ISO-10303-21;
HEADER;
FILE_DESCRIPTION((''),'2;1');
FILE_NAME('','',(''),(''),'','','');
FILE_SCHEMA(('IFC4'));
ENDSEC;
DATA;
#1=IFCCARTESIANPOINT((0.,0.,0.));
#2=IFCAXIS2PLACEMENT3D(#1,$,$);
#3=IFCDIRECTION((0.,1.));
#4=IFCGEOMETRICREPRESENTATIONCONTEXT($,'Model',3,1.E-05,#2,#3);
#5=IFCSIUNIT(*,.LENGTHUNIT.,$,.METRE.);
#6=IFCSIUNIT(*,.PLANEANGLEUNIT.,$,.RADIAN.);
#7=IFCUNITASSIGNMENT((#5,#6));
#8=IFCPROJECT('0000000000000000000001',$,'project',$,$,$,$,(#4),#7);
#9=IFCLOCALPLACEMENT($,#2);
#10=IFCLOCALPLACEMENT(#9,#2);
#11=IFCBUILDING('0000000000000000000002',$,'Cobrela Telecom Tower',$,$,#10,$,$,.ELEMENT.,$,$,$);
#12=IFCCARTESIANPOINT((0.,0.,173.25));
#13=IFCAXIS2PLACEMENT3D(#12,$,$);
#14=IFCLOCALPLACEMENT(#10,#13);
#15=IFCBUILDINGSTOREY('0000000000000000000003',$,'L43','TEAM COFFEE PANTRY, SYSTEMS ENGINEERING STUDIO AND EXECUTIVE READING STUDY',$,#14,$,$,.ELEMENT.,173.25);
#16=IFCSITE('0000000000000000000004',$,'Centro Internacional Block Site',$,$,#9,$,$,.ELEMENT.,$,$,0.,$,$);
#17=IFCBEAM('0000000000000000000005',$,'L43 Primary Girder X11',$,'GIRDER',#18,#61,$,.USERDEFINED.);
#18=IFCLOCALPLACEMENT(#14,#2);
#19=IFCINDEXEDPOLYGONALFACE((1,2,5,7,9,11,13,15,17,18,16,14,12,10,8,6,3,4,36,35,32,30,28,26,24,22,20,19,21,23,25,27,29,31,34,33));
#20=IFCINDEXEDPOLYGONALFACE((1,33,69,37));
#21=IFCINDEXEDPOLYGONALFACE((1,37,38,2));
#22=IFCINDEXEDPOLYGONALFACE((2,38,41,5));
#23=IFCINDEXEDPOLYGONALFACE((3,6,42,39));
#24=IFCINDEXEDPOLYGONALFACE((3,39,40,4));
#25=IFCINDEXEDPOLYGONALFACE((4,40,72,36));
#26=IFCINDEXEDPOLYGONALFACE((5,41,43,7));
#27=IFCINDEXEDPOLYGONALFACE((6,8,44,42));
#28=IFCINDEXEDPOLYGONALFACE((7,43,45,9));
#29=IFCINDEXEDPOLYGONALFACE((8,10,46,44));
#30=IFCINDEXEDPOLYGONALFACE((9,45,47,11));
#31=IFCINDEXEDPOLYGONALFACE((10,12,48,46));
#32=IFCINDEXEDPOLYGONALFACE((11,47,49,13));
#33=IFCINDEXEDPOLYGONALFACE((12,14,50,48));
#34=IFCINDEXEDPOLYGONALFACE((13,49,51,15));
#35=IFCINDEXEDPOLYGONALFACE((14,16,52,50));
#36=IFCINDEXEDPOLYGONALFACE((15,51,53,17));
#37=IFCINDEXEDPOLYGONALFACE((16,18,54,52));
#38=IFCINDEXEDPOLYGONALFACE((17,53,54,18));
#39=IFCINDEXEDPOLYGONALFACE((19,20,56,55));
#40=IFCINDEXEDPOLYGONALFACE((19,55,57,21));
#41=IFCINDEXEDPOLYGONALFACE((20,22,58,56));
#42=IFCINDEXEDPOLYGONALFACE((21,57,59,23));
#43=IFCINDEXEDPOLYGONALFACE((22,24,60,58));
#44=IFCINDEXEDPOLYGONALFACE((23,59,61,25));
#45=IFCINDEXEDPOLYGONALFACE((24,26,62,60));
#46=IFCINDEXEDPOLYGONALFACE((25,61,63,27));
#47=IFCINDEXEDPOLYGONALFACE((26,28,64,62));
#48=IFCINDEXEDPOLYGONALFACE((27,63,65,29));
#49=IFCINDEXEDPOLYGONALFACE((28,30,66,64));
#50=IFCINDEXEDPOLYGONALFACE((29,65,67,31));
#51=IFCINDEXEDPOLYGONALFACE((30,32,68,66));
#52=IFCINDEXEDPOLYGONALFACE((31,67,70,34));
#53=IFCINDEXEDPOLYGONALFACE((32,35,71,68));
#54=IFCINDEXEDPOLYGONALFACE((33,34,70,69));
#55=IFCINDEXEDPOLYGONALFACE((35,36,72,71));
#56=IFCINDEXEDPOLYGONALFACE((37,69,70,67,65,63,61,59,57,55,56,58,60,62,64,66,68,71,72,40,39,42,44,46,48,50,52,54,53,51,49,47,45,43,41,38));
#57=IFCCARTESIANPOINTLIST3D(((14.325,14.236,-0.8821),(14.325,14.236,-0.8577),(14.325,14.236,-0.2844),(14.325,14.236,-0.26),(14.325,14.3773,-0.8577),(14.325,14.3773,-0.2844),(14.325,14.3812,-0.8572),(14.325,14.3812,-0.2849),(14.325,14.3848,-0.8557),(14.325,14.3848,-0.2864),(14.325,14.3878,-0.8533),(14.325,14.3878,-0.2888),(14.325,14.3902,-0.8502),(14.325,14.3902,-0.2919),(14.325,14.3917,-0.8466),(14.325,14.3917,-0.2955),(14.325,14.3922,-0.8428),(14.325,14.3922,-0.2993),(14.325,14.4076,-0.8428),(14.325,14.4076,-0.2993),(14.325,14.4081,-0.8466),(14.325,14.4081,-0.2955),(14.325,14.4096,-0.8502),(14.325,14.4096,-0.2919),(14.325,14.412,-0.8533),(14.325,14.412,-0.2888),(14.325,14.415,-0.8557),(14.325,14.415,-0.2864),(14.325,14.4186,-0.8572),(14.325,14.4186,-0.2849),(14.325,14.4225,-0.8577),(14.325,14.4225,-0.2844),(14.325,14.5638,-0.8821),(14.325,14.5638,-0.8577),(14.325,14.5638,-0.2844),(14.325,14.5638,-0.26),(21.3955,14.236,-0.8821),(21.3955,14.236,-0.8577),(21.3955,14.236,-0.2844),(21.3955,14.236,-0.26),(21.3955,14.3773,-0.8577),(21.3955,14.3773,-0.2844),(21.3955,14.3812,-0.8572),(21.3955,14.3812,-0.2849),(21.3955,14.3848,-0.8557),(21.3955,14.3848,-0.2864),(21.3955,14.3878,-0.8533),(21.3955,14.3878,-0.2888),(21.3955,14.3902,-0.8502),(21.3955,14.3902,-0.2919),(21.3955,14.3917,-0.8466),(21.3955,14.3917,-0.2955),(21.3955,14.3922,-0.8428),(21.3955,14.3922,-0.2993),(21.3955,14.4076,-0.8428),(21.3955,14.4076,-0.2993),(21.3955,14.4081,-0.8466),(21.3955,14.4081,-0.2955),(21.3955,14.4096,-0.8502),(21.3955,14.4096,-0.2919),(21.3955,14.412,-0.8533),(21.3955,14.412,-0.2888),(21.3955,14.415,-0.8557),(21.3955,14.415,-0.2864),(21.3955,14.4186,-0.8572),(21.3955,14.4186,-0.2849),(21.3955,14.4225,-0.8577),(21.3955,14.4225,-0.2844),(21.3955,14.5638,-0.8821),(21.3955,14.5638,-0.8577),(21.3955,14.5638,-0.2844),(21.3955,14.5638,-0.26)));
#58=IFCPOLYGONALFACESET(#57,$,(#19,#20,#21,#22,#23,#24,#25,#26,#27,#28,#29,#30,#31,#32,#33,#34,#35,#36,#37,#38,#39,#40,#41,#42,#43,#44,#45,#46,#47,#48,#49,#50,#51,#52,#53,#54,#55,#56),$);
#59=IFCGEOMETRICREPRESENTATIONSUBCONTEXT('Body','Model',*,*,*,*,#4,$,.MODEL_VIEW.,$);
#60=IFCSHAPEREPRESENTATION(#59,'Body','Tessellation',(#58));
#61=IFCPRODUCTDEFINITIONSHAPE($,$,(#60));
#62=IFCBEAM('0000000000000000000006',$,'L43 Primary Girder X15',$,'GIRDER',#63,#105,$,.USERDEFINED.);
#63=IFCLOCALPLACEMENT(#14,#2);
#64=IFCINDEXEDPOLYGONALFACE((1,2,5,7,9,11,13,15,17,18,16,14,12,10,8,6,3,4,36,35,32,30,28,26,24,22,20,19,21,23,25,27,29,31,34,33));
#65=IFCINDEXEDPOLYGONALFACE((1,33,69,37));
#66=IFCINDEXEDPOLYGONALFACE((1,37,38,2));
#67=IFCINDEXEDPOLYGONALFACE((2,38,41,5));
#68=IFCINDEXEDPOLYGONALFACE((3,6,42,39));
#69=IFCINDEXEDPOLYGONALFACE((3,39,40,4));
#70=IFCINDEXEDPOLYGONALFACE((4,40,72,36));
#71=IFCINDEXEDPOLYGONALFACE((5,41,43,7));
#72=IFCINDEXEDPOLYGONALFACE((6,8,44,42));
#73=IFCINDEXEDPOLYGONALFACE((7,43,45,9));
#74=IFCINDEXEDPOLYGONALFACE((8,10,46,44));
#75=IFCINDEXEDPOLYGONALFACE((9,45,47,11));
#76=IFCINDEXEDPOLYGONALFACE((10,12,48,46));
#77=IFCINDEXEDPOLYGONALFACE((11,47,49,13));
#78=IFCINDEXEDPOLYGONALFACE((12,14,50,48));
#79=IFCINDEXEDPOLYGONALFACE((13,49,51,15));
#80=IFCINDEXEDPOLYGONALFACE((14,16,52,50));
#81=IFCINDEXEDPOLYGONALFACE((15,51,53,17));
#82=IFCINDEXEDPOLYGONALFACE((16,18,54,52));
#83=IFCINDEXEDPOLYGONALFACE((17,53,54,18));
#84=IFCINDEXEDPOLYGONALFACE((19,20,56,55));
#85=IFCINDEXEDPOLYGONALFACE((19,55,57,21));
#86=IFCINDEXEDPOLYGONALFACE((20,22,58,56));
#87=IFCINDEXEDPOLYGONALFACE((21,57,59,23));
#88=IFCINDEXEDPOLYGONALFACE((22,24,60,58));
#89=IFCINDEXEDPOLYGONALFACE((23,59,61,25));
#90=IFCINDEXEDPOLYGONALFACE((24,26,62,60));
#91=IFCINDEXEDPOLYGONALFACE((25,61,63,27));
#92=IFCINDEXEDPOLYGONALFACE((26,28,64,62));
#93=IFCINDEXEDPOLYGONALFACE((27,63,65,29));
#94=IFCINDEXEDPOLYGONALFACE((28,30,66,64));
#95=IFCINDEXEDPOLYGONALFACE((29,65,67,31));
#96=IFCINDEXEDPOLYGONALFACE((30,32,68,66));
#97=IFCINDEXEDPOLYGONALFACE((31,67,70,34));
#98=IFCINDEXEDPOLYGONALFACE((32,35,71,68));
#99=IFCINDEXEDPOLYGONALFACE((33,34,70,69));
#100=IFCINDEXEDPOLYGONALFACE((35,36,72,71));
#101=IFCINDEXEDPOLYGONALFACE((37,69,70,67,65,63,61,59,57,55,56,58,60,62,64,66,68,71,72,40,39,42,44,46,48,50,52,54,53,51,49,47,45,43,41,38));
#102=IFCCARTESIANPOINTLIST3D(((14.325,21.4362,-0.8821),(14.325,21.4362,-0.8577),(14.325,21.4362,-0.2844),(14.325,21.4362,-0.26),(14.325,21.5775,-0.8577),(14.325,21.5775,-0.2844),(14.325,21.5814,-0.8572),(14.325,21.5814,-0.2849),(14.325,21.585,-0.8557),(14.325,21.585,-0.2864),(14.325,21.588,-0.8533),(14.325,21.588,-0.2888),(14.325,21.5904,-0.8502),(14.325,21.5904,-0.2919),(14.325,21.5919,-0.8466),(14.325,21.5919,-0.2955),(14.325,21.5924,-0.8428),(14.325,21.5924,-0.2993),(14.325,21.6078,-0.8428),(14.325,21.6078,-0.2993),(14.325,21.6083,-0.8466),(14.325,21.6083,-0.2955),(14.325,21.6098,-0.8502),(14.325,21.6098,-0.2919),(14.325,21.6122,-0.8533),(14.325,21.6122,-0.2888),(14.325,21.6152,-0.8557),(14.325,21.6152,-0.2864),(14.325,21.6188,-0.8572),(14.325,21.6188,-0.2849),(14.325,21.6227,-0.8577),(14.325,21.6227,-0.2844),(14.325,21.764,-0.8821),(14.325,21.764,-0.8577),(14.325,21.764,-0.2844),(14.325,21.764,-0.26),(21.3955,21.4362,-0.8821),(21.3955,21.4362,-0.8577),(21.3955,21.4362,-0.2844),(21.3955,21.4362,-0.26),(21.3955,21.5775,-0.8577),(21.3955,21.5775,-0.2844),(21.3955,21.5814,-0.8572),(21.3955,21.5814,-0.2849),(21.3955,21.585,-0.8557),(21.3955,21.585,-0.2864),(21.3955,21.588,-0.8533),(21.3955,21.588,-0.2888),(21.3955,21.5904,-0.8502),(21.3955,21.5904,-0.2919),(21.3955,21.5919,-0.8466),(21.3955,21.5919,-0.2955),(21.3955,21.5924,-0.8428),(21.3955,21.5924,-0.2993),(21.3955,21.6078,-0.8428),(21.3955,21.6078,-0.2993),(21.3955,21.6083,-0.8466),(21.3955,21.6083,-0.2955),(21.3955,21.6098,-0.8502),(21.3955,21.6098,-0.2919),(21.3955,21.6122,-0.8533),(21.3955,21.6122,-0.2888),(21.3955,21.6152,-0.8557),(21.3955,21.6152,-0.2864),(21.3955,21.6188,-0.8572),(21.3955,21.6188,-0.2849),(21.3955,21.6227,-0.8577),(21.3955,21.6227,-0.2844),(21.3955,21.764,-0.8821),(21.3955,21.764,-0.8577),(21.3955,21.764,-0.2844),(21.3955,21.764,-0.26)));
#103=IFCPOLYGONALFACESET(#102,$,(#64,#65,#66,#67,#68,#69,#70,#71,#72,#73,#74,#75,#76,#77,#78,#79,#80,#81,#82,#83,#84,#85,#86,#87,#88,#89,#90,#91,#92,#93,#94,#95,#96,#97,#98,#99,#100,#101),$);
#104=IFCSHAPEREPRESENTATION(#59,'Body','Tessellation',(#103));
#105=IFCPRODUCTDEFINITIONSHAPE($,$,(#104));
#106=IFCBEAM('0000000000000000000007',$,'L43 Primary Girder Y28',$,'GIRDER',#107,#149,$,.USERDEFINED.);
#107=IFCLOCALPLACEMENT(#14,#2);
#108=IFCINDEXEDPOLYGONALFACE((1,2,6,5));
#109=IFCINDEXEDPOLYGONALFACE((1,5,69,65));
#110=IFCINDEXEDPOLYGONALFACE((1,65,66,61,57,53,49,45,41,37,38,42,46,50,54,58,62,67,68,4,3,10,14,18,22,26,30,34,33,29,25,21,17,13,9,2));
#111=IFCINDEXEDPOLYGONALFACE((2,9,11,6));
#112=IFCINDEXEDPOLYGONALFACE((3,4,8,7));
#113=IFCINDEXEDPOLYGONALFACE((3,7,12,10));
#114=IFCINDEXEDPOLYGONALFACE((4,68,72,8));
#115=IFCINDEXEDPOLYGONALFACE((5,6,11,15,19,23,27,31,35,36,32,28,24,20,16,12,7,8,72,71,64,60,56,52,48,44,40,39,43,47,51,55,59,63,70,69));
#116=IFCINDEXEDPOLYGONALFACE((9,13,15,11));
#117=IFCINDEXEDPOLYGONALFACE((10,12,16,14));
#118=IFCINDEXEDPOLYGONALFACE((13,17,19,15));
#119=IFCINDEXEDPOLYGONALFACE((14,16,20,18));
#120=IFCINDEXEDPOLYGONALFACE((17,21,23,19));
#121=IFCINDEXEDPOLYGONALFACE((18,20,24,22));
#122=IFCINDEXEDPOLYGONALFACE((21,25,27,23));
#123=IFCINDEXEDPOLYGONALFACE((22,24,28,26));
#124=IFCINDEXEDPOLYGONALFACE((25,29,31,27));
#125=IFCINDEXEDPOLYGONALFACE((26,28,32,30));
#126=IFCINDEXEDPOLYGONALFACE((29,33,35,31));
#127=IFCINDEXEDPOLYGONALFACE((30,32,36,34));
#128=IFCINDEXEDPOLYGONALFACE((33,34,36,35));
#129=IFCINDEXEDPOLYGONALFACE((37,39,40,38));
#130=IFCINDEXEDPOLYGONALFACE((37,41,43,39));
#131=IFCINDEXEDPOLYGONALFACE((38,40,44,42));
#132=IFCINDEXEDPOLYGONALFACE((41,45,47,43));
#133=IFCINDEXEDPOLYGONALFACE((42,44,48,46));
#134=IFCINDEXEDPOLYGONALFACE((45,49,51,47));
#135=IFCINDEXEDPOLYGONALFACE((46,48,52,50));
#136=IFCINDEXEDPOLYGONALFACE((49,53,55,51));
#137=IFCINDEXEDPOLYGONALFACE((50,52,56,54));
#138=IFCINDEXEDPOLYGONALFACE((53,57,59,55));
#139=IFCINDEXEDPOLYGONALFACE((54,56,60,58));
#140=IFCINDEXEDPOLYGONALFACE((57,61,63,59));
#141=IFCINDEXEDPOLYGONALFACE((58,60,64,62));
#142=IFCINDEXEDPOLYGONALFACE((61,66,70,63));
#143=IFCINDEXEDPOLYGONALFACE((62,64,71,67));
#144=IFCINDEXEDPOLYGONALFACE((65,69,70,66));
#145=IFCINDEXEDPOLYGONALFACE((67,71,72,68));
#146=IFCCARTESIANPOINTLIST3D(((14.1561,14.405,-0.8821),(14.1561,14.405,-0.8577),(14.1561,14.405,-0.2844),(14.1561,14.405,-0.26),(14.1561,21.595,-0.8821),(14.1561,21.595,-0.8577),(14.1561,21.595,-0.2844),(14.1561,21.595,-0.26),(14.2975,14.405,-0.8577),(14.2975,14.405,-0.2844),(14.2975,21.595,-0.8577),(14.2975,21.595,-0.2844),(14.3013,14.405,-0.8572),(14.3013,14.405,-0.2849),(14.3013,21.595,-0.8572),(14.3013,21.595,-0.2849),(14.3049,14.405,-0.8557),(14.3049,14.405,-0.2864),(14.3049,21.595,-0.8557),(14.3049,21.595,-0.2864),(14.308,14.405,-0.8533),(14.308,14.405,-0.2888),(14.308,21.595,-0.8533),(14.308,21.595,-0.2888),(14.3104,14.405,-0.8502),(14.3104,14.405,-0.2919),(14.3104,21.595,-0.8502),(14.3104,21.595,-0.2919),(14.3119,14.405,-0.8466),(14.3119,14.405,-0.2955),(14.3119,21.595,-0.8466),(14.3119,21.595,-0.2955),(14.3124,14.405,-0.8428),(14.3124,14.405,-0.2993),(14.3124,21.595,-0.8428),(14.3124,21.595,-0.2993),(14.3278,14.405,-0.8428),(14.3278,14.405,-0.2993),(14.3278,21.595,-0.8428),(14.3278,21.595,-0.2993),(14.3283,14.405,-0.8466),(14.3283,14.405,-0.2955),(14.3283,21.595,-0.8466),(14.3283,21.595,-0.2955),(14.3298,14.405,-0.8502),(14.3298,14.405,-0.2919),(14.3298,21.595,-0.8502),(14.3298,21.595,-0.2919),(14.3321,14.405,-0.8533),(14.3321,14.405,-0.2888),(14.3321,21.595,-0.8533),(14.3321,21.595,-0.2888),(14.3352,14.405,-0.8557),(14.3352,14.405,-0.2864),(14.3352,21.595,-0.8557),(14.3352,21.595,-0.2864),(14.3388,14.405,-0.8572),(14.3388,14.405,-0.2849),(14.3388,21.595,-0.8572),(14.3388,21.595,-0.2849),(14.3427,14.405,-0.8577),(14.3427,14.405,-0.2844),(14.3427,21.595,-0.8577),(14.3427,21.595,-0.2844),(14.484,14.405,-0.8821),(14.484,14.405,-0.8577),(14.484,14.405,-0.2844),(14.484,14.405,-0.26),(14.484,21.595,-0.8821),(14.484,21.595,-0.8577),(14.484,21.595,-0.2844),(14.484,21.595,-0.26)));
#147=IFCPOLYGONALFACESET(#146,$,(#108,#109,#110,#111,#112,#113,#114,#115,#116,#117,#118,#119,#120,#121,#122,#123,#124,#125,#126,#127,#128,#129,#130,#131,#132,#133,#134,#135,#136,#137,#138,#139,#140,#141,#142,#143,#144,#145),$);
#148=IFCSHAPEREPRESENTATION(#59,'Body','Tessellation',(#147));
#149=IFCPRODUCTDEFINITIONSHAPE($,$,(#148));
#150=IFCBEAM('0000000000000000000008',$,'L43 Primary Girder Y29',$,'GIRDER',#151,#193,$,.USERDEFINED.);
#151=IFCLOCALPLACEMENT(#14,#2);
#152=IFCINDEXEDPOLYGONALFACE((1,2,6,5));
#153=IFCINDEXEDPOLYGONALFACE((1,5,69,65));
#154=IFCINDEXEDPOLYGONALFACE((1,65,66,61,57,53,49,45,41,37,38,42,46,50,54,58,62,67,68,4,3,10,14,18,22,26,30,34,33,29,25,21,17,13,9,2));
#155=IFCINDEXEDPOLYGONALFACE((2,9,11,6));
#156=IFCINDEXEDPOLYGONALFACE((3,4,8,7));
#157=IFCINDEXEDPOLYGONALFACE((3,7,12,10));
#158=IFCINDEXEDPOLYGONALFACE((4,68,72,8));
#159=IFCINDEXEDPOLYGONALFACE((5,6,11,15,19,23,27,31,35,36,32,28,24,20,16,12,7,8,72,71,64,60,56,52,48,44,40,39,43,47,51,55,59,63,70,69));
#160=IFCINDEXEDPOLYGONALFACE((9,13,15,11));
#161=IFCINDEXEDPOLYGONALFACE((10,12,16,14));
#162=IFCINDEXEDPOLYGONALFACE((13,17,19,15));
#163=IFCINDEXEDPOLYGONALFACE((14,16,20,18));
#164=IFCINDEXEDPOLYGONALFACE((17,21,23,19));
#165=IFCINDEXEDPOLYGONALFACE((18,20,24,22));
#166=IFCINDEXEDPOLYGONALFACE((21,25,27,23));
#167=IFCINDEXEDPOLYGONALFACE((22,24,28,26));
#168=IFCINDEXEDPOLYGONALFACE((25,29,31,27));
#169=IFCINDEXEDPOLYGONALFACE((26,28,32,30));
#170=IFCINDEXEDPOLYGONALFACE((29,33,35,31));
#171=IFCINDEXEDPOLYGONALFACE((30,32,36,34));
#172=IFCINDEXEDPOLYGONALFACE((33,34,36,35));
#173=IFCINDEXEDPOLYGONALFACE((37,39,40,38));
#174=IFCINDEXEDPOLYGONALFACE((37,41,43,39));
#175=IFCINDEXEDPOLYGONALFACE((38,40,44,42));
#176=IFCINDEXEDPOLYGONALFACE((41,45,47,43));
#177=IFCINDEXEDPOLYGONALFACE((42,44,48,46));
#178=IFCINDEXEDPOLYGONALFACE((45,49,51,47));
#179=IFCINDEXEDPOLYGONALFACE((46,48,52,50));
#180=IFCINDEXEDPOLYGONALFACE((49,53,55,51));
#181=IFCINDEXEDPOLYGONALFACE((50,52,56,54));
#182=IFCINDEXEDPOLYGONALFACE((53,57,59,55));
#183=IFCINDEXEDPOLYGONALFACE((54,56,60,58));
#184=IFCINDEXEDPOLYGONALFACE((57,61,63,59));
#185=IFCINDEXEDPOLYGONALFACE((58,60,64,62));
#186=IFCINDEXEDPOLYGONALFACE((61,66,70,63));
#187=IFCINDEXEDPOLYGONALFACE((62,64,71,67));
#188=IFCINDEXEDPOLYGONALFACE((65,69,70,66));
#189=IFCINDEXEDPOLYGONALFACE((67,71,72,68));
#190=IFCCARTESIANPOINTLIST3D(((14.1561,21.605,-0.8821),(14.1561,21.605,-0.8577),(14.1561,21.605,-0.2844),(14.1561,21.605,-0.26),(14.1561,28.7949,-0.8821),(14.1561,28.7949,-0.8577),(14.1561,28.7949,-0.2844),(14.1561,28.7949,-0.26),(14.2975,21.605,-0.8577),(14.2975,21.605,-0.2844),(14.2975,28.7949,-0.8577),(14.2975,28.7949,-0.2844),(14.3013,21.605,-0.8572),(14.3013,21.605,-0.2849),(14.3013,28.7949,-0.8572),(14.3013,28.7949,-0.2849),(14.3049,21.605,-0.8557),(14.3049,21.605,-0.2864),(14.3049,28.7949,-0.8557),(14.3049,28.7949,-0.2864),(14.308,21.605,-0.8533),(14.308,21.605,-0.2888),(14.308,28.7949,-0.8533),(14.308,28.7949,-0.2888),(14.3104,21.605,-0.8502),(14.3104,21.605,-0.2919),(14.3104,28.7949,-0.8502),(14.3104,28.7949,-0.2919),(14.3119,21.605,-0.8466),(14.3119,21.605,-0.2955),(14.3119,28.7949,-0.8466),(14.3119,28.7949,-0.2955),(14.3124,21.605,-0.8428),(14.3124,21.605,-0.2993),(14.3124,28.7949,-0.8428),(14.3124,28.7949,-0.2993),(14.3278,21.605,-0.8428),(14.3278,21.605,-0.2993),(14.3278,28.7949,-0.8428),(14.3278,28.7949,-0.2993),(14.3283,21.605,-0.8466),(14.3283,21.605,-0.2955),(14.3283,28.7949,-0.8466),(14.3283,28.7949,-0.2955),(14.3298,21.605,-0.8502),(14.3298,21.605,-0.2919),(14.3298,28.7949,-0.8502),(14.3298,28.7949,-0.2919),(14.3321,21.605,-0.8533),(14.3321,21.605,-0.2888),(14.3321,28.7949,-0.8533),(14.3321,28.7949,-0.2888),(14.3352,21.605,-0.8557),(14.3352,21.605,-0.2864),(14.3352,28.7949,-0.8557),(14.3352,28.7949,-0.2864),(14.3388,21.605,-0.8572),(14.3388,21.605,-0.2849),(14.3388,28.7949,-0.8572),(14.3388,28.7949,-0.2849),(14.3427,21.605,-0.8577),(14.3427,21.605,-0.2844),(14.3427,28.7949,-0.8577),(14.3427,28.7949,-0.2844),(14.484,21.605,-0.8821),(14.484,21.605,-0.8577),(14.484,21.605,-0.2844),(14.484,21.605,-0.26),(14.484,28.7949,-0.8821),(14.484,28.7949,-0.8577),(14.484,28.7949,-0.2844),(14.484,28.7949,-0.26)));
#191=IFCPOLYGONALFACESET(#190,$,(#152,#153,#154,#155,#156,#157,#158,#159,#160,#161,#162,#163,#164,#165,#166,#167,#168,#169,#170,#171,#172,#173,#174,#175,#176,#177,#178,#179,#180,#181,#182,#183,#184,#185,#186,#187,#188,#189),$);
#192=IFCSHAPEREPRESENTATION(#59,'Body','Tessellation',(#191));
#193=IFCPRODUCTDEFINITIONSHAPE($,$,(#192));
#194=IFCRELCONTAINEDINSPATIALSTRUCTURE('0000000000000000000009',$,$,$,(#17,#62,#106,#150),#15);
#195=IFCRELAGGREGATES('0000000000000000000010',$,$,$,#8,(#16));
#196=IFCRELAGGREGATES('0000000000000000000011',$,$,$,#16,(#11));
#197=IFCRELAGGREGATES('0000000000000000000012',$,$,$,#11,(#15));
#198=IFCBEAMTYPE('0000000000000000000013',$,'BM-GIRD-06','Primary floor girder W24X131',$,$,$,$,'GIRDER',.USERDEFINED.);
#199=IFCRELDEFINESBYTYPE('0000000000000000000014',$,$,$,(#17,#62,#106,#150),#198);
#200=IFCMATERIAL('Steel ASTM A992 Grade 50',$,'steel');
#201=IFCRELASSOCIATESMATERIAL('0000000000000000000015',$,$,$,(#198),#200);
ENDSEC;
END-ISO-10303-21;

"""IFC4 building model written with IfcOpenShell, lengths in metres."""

from ifc_helpers import new_model, si_unit, direction, frame, origin, origin_2d, place, context, subcontext, project, spatial, i_section, extrude, material, material_profile, profile_set, type_object, element, save


model = new_model("IFC4")

# Units and contexts
model_context = context("Model", 3, precision=1e-05, world=origin(), true_north=direction((0.0, 1.0)))
body_context = subcontext(model_context, "Body", "Model", "MODEL_VIEW")
ifc_project = project(units=[si_unit("LENGTHUNIT", "METRE"), si_unit("PLANEANGLEUNIT", "RADIAN")], contexts=[model_context])

# Site, building, storey
site_placement = place(None, origin())
site = spatial("IfcSite", under=ifc_project, at=site_placement, Name="Centro Internacional Block Site", CompositionType="ELEMENT", RefElevation=0.0)
building_placement = place(site_placement, origin())
building = spatial("IfcBuilding", under=site, at=building_placement, Name="Cobrela Telecom Tower", CompositionType="ELEMENT")
storey_placement = place(building_placement, frame((0.0, 0.0, 173.25)))
storey = spatial("IfcBuildingStorey", under=building, at=storey_placement, Name="L43", Description="TEAM COFFEE PANTRY, SYSTEMS ENGINEERING STUDIO AND EXECUTIVE READING STUDY", CompositionType="ELEMENT", Elevation=173.25)

# Beams
ifc_material_1 = material(Name="Steel ASTM A992 Grade 50", Category="steel")
ifc_material_profile_1 = material_profile(ifc_material_1, i_section(OverallWidth=0.3279, OverallDepth=0.6221, WebThickness=0.0154, FlangeThickness=0.0244, FilletRadius=0.0149, at=origin_2d()), Name="W24X131")
ifc_profile_set_1 = profile_set([ifc_material_profile_1], Name="Steel ASTM A992 Grade 50")
beam_type_1 = type_object("IfcBeamType", Name="BM-GIRD-06", Description="Primary floor girder W24X131", ElementType="GIRDER", PredefinedType="USERDEFINED", material=ifc_profile_set_1)
for number, where, z_axis, x_axis, name in (
    (1, (14.325, 14.3999, -0.571), (1.0, 0.0, 0.0), (0.0, 1.0, 0.0), "L43 Primary Girder X11"),
    (2, (14.325, 21.6001, -0.571), (1.0, 0.0, 0.0), (0.0, 1.0, 0.0), "L43 Primary Girder X15"),
):
    element("IfcBeam", number, at=place(storey_placement, frame(where, z_axis=z_axis, x_axis=x_axis)), inside=storey, type_object=beam_type_1, Name=name, ObjectType="GIRDER", PredefinedType="USERDEFINED", context=body_context, shape_type="SweptSolid", body=[
        extrude(i_section(OverallWidth=0.3279, OverallDepth=0.6221, WebThickness=0.0154, FlangeThickness=0.0244, FilletRadius=0.0149, at=origin_2d()), origin(), (0.0, 0.0, 1.0), 7.0706),
    ])
for number, where, z_axis, x_axis, name in (
    (3, (14.3201, 14.405, -0.571), (0.0, 1.0, 0.0), (-1.0, 0.0, 0.0), "L43 Primary Girder Y28"),
    (4, (14.3201, 21.605, -0.571), (0.0, 1.0, 0.0), (-1.0, 0.0, 0.0), "L43 Primary Girder Y29"),
):
    element("IfcBeam", number, at=place(storey_placement, frame(where, z_axis=z_axis, x_axis=x_axis)), inside=storey, type_object=beam_type_1, Name=name, ObjectType="GIRDER", PredefinedType="USERDEFINED", context=body_context, shape_type="SweptSolid", body=[
        extrude(i_section(OverallWidth=0.3279, OverallDepth=0.6221, WebThickness=0.0154, FlangeThickness=0.0244, FilletRadius=0.0149, at=origin_2d()), origin(), (0.0, 0.0, 1.0), 7.1899),
    ])

save(model, "model.ifc")
